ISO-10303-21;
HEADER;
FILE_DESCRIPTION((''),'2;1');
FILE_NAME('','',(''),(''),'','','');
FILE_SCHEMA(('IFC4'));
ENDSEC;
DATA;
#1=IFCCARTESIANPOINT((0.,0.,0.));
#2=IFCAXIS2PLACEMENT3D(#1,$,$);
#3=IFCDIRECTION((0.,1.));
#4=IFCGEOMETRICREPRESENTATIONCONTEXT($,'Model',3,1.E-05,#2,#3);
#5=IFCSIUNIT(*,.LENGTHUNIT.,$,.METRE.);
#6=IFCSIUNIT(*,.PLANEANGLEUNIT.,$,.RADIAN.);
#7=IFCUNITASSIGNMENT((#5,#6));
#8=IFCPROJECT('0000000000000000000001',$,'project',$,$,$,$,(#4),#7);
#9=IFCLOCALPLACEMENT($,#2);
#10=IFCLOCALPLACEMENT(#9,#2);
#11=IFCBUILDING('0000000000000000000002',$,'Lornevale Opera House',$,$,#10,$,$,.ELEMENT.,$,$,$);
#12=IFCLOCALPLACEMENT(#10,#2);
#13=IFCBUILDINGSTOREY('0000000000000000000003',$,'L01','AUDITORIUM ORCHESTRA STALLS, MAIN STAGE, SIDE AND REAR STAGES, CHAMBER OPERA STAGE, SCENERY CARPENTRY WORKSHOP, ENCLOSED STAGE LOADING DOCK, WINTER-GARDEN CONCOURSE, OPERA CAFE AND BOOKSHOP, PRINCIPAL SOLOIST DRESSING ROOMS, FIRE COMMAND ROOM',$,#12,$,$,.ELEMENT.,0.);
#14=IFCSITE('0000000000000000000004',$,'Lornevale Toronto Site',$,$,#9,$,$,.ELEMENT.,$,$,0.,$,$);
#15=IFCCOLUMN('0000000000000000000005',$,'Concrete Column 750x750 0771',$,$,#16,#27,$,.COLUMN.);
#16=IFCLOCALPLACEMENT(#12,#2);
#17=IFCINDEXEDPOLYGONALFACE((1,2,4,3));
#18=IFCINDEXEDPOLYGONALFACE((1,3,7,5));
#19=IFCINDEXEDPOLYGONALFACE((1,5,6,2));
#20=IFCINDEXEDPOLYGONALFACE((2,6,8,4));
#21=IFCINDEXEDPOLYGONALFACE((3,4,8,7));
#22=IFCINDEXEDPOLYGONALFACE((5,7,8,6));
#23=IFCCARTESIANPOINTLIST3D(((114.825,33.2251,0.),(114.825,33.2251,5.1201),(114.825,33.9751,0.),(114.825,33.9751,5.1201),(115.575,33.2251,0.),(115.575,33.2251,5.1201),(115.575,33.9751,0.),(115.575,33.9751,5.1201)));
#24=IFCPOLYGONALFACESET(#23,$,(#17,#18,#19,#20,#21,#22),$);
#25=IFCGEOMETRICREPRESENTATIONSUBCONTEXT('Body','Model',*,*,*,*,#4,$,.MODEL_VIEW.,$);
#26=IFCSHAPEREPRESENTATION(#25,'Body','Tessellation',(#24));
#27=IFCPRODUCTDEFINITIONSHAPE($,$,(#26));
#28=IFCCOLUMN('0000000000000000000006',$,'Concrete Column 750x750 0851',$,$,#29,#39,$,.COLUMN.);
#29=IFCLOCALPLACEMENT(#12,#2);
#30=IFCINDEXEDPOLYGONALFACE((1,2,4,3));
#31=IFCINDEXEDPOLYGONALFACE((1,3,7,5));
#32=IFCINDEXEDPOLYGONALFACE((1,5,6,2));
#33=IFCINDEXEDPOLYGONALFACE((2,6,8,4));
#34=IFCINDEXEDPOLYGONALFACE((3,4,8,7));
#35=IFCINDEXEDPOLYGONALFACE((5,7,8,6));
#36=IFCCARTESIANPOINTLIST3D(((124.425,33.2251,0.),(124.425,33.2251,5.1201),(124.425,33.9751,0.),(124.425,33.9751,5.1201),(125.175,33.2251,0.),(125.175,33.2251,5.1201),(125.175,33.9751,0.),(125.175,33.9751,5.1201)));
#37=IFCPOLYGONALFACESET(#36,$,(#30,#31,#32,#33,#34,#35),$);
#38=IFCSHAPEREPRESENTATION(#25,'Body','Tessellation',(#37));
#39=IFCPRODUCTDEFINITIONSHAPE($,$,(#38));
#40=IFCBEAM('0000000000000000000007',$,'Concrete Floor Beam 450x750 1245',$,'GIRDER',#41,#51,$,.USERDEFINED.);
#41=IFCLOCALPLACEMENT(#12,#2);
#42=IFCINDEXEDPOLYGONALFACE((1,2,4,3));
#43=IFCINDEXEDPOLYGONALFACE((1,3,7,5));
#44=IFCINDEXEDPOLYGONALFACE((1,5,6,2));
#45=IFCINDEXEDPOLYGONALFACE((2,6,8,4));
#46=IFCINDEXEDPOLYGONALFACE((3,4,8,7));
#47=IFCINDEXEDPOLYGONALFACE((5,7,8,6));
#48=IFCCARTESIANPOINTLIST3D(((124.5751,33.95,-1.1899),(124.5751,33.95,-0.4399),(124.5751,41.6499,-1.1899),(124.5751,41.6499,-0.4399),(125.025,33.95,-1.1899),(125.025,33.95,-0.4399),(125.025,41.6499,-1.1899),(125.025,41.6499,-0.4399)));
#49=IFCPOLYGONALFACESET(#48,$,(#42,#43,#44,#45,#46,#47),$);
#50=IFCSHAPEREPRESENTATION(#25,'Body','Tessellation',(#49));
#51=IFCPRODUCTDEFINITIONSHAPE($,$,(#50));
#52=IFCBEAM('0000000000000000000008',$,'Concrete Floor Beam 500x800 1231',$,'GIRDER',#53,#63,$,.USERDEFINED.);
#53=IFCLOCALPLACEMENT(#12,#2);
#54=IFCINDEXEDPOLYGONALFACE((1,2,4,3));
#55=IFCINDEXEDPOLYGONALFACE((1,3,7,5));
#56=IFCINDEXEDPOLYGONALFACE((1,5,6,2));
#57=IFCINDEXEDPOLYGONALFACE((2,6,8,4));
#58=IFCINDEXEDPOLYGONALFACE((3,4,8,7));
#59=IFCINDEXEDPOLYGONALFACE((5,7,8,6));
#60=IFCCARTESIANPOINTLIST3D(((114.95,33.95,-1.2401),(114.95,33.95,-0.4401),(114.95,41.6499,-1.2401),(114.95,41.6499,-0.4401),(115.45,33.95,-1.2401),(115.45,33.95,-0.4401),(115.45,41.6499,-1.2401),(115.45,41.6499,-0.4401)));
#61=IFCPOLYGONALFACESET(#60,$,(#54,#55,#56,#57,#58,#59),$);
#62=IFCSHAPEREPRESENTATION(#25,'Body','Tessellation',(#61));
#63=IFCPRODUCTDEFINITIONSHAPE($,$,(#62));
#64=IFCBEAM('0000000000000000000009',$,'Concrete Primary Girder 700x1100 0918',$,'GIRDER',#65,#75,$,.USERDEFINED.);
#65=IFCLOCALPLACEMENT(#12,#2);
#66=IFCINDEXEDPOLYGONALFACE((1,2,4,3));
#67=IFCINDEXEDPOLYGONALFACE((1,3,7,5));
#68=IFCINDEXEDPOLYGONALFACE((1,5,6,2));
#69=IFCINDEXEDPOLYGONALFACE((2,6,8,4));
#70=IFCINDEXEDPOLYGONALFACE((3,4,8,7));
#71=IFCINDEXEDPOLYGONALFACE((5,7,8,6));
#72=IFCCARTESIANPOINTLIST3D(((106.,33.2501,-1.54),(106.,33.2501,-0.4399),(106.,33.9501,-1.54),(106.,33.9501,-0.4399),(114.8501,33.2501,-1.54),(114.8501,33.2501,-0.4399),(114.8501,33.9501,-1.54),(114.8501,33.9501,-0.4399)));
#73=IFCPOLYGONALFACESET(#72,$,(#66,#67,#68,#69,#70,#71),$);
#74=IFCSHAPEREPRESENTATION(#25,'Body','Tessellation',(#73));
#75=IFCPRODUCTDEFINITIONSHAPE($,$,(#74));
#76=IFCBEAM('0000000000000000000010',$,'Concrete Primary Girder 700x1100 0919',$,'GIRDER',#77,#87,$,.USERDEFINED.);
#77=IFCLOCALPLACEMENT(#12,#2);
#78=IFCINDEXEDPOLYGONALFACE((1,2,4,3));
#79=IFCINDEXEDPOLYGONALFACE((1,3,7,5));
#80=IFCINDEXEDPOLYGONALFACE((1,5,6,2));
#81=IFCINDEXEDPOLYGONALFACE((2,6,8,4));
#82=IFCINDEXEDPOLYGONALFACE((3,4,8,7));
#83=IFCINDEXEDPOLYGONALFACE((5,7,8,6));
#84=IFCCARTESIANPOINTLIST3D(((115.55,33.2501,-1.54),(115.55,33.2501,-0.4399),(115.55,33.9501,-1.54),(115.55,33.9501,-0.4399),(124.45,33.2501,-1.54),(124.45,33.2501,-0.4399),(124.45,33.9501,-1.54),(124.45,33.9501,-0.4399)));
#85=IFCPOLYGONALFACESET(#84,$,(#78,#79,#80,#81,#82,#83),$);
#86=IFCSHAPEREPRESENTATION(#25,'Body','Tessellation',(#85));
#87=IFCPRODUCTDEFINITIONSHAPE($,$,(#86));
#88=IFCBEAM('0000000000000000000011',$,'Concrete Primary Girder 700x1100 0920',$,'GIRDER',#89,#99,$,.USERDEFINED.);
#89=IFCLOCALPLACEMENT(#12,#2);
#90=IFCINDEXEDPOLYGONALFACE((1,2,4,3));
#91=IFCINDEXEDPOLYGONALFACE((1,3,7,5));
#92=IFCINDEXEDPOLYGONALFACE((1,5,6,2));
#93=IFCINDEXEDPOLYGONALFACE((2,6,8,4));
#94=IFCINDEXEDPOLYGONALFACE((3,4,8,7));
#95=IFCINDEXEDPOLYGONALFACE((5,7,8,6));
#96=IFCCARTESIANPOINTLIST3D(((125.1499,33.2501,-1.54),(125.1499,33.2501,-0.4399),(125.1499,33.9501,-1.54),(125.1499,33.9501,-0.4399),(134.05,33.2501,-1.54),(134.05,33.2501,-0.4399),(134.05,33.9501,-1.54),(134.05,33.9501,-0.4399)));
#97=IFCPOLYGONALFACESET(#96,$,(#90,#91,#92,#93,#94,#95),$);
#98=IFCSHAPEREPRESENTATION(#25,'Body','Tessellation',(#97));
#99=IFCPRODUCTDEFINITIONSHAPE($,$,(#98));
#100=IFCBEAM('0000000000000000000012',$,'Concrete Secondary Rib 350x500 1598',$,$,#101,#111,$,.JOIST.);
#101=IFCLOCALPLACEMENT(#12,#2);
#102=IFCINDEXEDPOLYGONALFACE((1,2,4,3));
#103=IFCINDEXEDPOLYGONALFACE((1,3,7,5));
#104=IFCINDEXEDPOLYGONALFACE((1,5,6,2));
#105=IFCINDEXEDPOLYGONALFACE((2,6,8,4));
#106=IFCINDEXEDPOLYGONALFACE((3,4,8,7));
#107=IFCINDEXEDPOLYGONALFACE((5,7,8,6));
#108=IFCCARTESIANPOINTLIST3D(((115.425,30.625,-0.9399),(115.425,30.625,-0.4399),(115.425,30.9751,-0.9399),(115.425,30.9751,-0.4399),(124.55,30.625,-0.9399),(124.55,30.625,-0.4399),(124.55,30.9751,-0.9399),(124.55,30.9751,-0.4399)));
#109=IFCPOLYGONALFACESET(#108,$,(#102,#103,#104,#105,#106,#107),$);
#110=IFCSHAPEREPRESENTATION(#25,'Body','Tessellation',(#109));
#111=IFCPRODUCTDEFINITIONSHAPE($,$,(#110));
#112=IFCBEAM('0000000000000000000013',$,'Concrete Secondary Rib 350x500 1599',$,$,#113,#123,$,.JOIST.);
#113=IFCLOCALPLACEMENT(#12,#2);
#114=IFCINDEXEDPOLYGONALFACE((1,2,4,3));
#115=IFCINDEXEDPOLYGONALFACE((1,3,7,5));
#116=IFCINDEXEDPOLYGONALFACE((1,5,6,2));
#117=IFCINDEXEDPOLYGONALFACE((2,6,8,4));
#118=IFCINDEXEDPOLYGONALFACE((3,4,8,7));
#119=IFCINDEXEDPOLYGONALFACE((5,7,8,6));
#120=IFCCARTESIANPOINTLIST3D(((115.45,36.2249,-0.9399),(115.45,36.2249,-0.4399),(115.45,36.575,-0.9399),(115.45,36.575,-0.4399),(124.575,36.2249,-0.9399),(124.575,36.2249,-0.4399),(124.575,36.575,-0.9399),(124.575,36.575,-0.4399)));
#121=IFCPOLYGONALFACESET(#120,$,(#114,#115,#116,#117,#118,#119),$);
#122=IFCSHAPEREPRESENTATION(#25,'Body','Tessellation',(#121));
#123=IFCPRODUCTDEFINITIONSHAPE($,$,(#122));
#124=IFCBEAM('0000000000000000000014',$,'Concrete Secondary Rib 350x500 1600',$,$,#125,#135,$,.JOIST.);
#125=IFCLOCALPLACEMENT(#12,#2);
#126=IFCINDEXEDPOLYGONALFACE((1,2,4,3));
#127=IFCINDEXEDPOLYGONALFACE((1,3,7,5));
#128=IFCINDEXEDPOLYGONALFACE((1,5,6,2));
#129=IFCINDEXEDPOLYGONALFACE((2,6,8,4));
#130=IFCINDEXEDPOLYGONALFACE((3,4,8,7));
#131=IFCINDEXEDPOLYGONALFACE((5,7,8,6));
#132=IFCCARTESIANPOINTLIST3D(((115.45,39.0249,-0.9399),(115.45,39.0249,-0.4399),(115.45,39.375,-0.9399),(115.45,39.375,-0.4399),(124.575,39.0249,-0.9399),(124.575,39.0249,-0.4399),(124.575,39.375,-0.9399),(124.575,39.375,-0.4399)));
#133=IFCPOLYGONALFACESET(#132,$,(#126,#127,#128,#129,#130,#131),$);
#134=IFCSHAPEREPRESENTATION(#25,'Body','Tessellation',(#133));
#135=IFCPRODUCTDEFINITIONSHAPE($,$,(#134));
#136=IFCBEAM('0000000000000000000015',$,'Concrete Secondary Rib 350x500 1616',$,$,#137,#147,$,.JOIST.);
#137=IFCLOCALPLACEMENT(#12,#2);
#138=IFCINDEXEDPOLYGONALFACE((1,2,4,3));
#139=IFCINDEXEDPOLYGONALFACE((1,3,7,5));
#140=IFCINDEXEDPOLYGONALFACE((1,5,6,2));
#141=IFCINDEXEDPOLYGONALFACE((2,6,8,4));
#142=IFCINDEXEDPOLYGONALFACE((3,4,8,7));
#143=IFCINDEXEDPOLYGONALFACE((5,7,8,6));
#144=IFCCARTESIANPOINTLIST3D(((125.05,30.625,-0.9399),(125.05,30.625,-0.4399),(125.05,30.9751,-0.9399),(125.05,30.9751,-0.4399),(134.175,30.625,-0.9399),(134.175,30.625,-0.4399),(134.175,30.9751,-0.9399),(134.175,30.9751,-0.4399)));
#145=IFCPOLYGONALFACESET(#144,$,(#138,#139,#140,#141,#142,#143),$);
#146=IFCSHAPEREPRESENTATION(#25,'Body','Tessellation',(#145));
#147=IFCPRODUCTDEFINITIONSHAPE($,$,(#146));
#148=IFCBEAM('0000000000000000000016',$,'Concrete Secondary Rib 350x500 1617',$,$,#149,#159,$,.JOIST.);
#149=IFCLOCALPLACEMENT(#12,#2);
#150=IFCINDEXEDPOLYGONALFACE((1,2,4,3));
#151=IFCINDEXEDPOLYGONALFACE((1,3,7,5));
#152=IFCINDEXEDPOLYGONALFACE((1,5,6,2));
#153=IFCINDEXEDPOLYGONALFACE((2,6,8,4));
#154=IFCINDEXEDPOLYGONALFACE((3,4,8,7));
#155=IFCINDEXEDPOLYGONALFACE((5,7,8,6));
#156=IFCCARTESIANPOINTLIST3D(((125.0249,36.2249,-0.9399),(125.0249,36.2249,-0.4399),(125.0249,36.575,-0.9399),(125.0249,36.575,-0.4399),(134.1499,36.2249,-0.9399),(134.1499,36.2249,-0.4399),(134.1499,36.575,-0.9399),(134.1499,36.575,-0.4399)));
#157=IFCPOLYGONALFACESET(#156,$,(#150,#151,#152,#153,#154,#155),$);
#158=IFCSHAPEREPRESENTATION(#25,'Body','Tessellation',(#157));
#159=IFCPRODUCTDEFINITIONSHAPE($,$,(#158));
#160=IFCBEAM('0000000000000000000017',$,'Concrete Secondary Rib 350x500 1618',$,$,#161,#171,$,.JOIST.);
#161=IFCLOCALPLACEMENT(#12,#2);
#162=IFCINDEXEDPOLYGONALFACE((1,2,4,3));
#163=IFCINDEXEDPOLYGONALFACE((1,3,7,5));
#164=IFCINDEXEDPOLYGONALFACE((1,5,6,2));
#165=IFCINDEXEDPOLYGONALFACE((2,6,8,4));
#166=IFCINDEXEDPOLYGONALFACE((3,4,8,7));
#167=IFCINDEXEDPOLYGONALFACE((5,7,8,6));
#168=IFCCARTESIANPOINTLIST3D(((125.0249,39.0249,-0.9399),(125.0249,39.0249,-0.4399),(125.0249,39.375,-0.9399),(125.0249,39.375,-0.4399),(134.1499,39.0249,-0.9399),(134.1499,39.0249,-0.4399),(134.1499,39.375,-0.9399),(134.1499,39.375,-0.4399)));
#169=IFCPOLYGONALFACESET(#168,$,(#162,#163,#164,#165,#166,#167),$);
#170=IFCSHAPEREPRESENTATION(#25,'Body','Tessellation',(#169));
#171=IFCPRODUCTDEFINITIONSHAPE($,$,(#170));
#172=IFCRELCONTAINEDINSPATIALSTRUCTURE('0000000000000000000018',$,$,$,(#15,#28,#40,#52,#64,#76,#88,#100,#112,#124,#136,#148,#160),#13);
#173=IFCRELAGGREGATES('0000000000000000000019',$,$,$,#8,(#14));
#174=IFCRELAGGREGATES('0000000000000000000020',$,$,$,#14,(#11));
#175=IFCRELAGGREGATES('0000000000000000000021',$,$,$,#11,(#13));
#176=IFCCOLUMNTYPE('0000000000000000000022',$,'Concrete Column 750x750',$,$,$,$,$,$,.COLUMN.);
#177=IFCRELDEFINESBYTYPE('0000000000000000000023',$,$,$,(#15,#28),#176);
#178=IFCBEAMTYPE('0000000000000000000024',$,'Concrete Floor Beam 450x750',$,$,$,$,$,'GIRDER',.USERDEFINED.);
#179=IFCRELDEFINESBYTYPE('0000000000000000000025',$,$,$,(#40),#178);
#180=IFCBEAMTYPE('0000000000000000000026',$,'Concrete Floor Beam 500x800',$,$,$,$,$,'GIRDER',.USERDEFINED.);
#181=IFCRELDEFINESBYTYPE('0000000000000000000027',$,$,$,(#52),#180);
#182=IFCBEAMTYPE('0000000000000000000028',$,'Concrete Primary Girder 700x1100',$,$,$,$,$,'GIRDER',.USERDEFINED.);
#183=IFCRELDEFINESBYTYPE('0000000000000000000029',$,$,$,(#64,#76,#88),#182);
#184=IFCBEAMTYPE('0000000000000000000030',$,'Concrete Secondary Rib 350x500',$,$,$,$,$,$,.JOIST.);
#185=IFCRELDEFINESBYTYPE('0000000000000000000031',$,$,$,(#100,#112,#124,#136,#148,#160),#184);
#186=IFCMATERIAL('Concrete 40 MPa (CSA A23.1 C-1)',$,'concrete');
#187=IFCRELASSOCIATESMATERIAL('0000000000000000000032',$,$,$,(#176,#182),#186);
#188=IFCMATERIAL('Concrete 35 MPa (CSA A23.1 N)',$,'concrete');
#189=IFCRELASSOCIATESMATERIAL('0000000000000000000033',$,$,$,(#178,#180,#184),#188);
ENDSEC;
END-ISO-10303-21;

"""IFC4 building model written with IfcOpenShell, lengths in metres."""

from ifc_helpers import new_model, si_unit, direction, frame, origin, origin_2d, place, context, subcontext, project, spatial, rectangle, extrude, material, material_profile, profile_set, type_object, element, save


model = new_model("IFC4")

# Units and contexts
model_context = context("Model", 3, precision=1e-05, world=origin(), true_north=direction((0.0, 1.0)))
body_context = subcontext(model_context, "Body", "Model", "MODEL_VIEW")
ifc_project = project(units=[si_unit("LENGTHUNIT", "METRE"), si_unit("PLANEANGLEUNIT", "RADIAN")], contexts=[model_context])

# Site, building, storey
site_placement = place(None, origin())
site = spatial("IfcSite", under=ifc_project, at=site_placement, Name="Lornevale Toronto Site", CompositionType="ELEMENT", RefElevation=0.0)
building_placement = place(site_placement, origin())
building = spatial("IfcBuilding", under=site, at=building_placement, Name="Lornevale Opera House", CompositionType="ELEMENT")
storey_placement = place(building_placement, origin())
storey = spatial("IfcBuildingStorey", under=building, at=storey_placement, Name="L01", Description="AUDITORIUM ORCHESTRA STALLS, MAIN STAGE, SIDE AND REAR STAGES, CHAMBER OPERA STAGE, SCENERY CARPENTRY WORKSHOP, ENCLOSED STAGE LOADING DOCK, WINTER-GARDEN CONCOURSE, OPERA CAFE AND BOOKSHOP, PRINCIPAL SOLOIST DRESSING ROOMS, FIRE COMMAND ROOM", CompositionType="ELEMENT", Elevation=0.0)

# Columns
ifc_material_1 = material(Name="Concrete 40 MPa (CSA A23.1 C-1)", Category="concrete")
ifc_material_profile_1 = material_profile(ifc_material_1, rectangle(XDim=0.75, YDim=0.75, at=origin_2d()), Name="RC750x750")
ifc_profile_set_1 = profile_set([ifc_material_profile_1], Name="Concrete 40 MPa (CSA A23.1 C-1)")
column_type = type_object("IfcColumnType", Name="Concrete Column 750x750", PredefinedType="COLUMN", material=ifc_profile_set_1)
for number, where, z_axis, x_axis, name in (
    (1, (115.2, 33.6001, 0.0), (0.0, 0.0, 1.0), (1.0, 0.0, 0.0), "Concrete Column 750x750 0771"),
    (2, (124.8, 33.6001, 0.0), (0.0, 0.0, 1.0), (1.0, 0.0, 0.0), "Concrete Column 750x750 0851"),
):
    element("IfcColumn", number, at=place(storey_placement, frame(where, z_axis=z_axis, x_axis=x_axis)), inside=storey, type_object=column_type, Name=name, PredefinedType="COLUMN", context=body_context, shape_type="SweptSolid", body=[
        extrude(rectangle(XDim=0.75, YDim=0.75, at=origin_2d()), origin(), (0.0, 0.0, 1.0), 5.1201),
    ])

# Beams
ifc_material_2 = material(Name="Concrete 35 MPa (CSA A23.1 N)", Category="concrete")
ifc_material_profile_2 = material_profile(ifc_material_2, rectangle(XDim=0.45, YDim=0.75, at=origin_2d()), Name="RC450x750")
ifc_profile_set_2 = profile_set([ifc_material_profile_2], Name="Concrete 35 MPa (CSA A23.1 N)")
beam_type_1 = type_object("IfcBeamType", Name="Concrete Floor Beam 450x750", ElementType="GIRDER", PredefinedType="USERDEFINED", material=ifc_profile_set_2)
beam_1_placement = place(storey_placement, frame((124.8, 33.95, -0.8149), z_axis=(0.0, 1.0, 0.0), x_axis=(-1.0, 0.0, 0.0)))
element("IfcBeam", 3, at=beam_1_placement, inside=storey, type_object=beam_type_1, Name="Concrete Floor Beam 450x750 1245", ObjectType="GIRDER", PredefinedType="USERDEFINED", context=body_context, shape_type="SweptSolid", body=[
    extrude(rectangle(XDim=0.45, YDim=0.75, at=origin_2d()), origin(), (0.0, 0.0, 1.0), 7.7),
])
ifc_material_profile_3 = material_profile(ifc_material_2, rectangle(XDim=0.5, YDim=0.8, at=origin_2d()), Name="RC500x800")
ifc_profile_set_3 = profile_set([ifc_material_profile_3], Name="Concrete 35 MPa (CSA A23.1 N)")
beam_type_2 = type_object("IfcBeamType", Name="Concrete Floor Beam 500x800", ElementType="GIRDER", PredefinedType="USERDEFINED", material=ifc_profile_set_3)
beam_2_placement = place(storey_placement, frame((115.2, 33.95, -0.8401), z_axis=(0.0, 1.0, 0.0), x_axis=(-1.0, 0.0, 0.0)))
element("IfcBeam", 4, at=beam_2_placement, inside=storey, type_object=beam_type_2, Name="Concrete Floor Beam 500x800 1231", ObjectType="GIRDER", PredefinedType="USERDEFINED", context=body_context, shape_type="SweptSolid", body=[
    extrude(rectangle(XDim=0.5, YDim=0.8, at=origin_2d()), origin(), (0.0, 0.0, 1.0), 7.7),
])
ifc_material_profile_4 = material_profile(ifc_material_1, rectangle(XDim=0.7, YDim=1.1001, at=origin_2d()), Name="RC700x1100")
ifc_profile_set_4 = profile_set([ifc_material_profile_4], Name="Concrete 40 MPa (CSA A23.1 C-1)")
beam_type_3 = type_object("IfcBeamType", Name="Concrete Primary Girder 700x1100", ElementType="GIRDER", PredefinedType="USERDEFINED", material=ifc_profile_set_4)
beam_3_placement = place(storey_placement, frame((106.0, 33.6001, -0.99), z_axis=(1.0, 0.0, 0.0), x_axis=(0.0, 1.0, 0.0)))
element("IfcBeam", 5, at=beam_3_placement, inside=storey, type_object=beam_type_3, Name="Concrete Primary Girder 700x1100 0918", ObjectType="GIRDER", PredefinedType="USERDEFINED", context=body_context, shape_type="SweptSolid", body=[
    extrude(rectangle(XDim=0.7, YDim=1.1001, at=origin_2d()), origin(), (0.0, 0.0, 1.0), 8.8501),
])
beam_4_placement = place(storey_placement, frame((115.55, 33.6001, -0.99), z_axis=(1.0, 0.0, 0.0), x_axis=(0.0, 1.0, 0.0)))
element("IfcBeam", 6, at=beam_4_placement, inside=storey, type_object=beam_type_3, Name="Concrete Primary Girder 700x1100 0919", ObjectType="GIRDER", PredefinedType="USERDEFINED", context=body_context, shape_type="SweptSolid", body=[
    extrude(rectangle(XDim=0.7, YDim=1.1001, at=origin_2d()), origin(), (0.0, 0.0, 1.0), 8.8999),
])
beam_5_placement = place(storey_placement, frame((125.1499, 33.6001, -0.99), z_axis=(1.0, 0.0, 0.0), x_axis=(0.0, 1.0, 0.0)))
element("IfcBeam", 7, at=beam_5_placement, inside=storey, type_object=beam_type_3, Name="Concrete Primary Girder 700x1100 0920", ObjectType="GIRDER", PredefinedType="USERDEFINED", context=body_context, shape_type="SweptSolid", body=[
    extrude(rectangle(XDim=0.7, YDim=1.1001, at=origin_2d()), origin(), (0.0, 0.0, 1.0), 8.9001),
])
ifc_material_profile_5 = material_profile(ifc_material_2, rectangle(XDim=0.3501, YDim=0.5, at=origin_2d()), Name="RC350x500")
ifc_profile_set_5 = profile_set([ifc_material_profile_5], Name="Concrete 35 MPa (CSA A23.1 N)")
beam_type_4 = type_object("IfcBeamType", Name="Concrete Secondary Rib 350x500", PredefinedType="JOIST", material=ifc_profile_set_5)
for number, where, z_axis, x_axis, name in (
    (8, (115.425, 30.8, -0.6899), (1.0, 0.0, 0.0), (0.0, 1.0, 0.0), "Concrete Secondary Rib 350x500 1598"),
    (9, (115.45, 36.3999, -0.6899), (1.0, 0.0, 0.0), (0.0, 1.0, 0.0), "Concrete Secondary Rib 350x500 1599"),
    (10, (115.45, 39.2, -0.6899), (1.0, 0.0, 0.0), (0.0, 1.0, 0.0), "Concrete Secondary Rib 350x500 1600"),
    (11, (125.05, 30.8, -0.6899), (1.0, 0.0, 0.0), (0.0, 1.0, 0.0), "Concrete Secondary Rib 350x500 1616"),
    (12, (125.0249, 36.3999, -0.6899), (1.0, 0.0, 0.0), (0.0, 1.0, 0.0), "Concrete Secondary Rib 350x500 1617"),
    (13, (125.0249, 39.2, -0.6899), (1.0, 0.0, 0.0), (0.0, 1.0, 0.0), "Concrete Secondary Rib 350x500 1618"),
):
    element("IfcBeam", number, at=place(storey_placement, frame(where, z_axis=z_axis, x_axis=x_axis)), inside=storey, type_object=beam_type_4, Name=name, PredefinedType="JOIST", context=body_context, shape_type="SweptSolid", body=[
        extrude(rectangle(XDim=0.3501, YDim=0.5, at=origin_2d()), origin(), (0.0, 0.0, 1.0), 9.125),
    ])

save(model, "model.ifc")
